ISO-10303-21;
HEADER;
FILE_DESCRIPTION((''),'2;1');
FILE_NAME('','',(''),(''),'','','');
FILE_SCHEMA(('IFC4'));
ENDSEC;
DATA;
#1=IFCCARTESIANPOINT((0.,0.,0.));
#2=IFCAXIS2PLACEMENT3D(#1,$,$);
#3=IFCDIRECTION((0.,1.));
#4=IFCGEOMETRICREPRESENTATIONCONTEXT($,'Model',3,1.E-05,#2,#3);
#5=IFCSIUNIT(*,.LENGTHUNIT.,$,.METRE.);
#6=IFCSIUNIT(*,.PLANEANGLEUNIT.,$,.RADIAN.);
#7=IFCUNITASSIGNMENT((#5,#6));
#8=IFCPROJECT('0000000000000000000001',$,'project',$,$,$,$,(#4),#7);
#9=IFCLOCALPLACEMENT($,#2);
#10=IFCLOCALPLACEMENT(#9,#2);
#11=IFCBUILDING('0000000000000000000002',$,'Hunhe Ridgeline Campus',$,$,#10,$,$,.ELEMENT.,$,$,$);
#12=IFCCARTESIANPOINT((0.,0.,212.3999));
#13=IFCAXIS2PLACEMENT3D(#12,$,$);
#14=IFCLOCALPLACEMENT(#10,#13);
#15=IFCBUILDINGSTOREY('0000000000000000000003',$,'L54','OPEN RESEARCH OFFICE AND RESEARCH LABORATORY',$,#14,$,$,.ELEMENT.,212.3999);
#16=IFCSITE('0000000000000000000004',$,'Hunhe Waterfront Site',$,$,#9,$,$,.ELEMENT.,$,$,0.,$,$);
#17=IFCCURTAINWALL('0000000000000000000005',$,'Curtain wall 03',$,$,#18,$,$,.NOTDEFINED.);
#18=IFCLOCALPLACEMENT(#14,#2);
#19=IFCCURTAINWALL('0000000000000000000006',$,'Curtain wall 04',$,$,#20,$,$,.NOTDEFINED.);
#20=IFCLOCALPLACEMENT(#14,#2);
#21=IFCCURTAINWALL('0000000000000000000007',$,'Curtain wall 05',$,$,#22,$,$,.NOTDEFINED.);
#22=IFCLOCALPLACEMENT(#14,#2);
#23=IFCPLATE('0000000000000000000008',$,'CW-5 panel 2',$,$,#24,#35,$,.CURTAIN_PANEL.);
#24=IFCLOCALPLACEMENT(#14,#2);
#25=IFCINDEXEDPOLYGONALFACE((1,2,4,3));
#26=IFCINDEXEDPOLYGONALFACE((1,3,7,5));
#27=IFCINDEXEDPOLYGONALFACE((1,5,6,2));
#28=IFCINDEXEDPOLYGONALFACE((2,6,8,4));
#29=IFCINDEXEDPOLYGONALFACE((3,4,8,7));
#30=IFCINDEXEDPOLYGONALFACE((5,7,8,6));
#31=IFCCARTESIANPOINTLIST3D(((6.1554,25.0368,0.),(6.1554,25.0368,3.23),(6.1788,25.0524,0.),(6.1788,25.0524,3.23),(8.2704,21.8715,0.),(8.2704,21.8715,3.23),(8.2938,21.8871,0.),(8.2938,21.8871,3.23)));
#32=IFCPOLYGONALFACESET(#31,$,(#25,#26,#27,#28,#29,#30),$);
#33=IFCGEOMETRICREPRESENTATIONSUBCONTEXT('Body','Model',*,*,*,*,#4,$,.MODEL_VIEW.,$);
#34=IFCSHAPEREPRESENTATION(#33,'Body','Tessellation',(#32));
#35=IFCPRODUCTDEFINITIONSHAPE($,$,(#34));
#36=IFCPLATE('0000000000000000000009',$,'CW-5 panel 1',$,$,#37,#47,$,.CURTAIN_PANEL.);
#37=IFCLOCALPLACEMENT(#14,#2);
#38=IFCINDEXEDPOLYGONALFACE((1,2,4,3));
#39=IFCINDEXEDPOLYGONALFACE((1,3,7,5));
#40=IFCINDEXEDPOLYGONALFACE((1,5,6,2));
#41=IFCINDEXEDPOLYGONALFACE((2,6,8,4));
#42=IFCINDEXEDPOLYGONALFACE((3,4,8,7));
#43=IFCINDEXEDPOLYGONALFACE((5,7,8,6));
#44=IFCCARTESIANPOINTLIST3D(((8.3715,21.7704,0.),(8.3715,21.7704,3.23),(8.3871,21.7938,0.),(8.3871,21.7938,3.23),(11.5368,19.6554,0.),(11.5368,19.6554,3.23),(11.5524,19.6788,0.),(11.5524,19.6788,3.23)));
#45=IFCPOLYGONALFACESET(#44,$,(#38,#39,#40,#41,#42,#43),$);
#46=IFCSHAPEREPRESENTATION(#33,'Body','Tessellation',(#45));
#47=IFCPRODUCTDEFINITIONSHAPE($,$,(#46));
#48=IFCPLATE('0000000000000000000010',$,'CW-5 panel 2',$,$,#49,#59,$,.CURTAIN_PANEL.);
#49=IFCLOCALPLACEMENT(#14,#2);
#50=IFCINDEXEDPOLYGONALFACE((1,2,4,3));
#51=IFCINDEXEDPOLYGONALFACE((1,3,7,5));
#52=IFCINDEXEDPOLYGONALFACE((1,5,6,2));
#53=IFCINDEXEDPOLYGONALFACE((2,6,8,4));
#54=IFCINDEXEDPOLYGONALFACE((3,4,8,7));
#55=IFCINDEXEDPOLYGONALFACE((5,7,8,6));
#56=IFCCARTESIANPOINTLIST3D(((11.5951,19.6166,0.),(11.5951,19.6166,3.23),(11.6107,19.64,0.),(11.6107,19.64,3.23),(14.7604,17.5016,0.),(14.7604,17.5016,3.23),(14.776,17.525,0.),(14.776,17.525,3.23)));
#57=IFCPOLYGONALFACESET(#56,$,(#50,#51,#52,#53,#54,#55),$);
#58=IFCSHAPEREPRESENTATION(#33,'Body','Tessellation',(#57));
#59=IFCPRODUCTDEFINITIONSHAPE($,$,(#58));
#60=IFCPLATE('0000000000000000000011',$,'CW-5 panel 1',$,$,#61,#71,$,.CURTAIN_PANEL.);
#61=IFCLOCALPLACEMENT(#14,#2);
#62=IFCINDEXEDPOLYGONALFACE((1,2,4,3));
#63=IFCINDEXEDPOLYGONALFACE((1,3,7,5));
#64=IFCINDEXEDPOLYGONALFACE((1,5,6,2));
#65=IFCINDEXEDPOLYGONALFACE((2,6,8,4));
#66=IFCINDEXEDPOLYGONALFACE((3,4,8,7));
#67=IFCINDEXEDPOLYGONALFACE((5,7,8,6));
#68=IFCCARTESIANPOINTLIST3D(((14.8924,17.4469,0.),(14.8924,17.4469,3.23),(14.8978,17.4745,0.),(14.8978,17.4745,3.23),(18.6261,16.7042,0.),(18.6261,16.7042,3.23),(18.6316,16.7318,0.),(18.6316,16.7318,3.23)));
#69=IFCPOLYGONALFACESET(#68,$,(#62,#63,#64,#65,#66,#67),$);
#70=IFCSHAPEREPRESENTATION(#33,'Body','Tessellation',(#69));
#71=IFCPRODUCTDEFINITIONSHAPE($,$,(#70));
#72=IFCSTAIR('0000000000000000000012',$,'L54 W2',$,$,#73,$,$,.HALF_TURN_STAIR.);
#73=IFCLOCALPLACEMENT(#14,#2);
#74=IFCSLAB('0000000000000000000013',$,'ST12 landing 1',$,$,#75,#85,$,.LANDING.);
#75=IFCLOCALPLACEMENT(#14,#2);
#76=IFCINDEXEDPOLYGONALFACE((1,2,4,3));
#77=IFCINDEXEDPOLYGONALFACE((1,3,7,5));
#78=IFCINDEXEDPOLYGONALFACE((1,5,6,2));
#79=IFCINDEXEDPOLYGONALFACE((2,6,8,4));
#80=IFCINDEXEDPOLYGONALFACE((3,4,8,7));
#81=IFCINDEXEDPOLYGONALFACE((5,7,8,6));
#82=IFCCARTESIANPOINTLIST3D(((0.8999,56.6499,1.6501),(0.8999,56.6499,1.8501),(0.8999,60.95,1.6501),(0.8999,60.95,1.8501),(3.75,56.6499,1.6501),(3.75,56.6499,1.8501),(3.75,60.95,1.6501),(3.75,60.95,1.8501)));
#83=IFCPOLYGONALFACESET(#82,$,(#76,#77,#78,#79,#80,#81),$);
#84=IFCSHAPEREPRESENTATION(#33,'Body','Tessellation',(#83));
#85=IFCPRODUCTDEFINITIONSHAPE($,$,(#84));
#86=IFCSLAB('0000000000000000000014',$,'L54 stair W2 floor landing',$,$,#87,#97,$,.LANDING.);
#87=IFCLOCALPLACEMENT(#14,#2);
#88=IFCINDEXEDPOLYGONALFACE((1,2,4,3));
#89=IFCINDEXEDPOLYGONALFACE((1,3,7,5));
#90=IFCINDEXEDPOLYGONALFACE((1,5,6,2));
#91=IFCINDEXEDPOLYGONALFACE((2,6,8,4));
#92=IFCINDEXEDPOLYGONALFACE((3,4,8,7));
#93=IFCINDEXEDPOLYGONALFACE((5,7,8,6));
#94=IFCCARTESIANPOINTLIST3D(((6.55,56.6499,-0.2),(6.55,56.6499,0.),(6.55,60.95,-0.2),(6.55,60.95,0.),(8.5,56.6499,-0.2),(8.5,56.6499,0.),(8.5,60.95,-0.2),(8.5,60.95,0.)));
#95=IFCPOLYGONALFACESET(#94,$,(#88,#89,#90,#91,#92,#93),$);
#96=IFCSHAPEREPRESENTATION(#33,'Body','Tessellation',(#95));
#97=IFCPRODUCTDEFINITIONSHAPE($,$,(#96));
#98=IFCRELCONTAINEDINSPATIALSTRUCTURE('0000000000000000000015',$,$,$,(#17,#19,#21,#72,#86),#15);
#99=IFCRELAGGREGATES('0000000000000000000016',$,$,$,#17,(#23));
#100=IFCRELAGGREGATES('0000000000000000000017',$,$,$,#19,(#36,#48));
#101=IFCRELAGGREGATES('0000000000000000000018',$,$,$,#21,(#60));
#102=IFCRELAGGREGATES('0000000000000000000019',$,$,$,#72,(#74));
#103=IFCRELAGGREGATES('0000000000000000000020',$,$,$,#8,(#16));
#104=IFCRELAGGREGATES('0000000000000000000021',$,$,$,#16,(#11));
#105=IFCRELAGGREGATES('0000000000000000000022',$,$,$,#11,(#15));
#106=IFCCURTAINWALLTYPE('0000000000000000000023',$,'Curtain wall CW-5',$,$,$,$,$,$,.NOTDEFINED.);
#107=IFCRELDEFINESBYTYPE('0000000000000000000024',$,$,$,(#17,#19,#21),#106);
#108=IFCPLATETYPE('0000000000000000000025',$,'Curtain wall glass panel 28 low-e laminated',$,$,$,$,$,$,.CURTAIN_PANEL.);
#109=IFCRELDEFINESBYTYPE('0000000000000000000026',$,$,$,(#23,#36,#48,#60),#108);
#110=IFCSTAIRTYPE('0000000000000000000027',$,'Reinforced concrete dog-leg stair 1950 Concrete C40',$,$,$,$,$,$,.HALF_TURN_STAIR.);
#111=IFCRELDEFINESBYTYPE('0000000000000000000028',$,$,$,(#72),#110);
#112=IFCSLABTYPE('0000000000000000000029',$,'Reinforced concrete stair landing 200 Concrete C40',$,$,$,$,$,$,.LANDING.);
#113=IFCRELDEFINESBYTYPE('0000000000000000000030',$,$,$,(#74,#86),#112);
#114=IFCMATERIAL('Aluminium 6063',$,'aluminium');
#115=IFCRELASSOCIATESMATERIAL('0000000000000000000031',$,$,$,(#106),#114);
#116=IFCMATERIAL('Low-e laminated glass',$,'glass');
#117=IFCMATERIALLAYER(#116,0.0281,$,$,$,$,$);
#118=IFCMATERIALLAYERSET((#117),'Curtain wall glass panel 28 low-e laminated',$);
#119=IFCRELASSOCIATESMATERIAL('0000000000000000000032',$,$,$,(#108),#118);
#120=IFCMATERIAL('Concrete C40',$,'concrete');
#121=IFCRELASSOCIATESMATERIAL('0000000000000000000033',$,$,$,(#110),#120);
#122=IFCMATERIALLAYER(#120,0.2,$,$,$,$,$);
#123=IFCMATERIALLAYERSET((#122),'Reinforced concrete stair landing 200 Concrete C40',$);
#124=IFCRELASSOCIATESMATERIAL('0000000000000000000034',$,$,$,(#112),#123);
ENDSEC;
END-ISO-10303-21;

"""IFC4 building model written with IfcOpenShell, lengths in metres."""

from ifc_helpers import new_model, si_unit, direction, frame, origin, origin_2d, place, context, subcontext, project, spatial, polyline, rectangle, outline, extrude, material, layer, layer_set, type_object, element, aggregate, save


model = new_model("IFC4")

# Units and contexts
model_context = context("Model", 3, precision=1e-05, world=origin(), true_north=direction((0.0, 1.0)))
body_context = subcontext(model_context, "Body", "Model", "MODEL_VIEW")
ifc_project = project(units=[si_unit("LENGTHUNIT", "METRE"), si_unit("PLANEANGLEUNIT", "RADIAN")], contexts=[model_context])

# Site, building, storey
site_placement = place(None, origin())
site = spatial("IfcSite", under=ifc_project, at=site_placement, Name="Hunhe Waterfront Site", CompositionType="ELEMENT", RefElevation=0.0)
building_placement = place(site_placement, origin())
building = spatial("IfcBuilding", under=site, at=building_placement, Name="Hunhe Ridgeline Campus", CompositionType="ELEMENT")
storey_placement = place(building_placement, frame((0.0, 0.0, 212.3999)))
storey = spatial("IfcBuildingStorey", under=building, at=storey_placement, Name="L54", Description="OPEN RESEARCH OFFICE AND RESEARCH LABORATORY", CompositionType="ELEMENT", Elevation=212.3999)

# Curtain walls
ifc_material_1 = material(Name="Aluminium 6063", Category="aluminium")
curtain_wall_type = type_object("IfcCurtainWallType", Name="Curtain wall CW-5", PredefinedType="NOTDEFINED", material=ifc_material_1)
curtain_wall_1_placement = place(storey_placement, origin())
curtain_wall_1 = element("IfcCurtainWall", 1, at=curtain_wall_1_placement, inside=storey, type_object=curtain_wall_type, Name="Curtain wall 03", PredefinedType="NOTDEFINED")
curtain_wall_2_placement = place(storey_placement, origin())
curtain_wall_2 = element("IfcCurtainWall", 2, at=curtain_wall_2_placement, inside=storey, type_object=curtain_wall_type, Name="Curtain wall 04", PredefinedType="NOTDEFINED")
curtain_wall_3_placement = place(storey_placement, origin())
curtain_wall_3 = element("IfcCurtainWall", 3, at=curtain_wall_3_placement, inside=storey, type_object=curtain_wall_type, Name="Curtain wall 05", PredefinedType="NOTDEFINED")

# Plates
ifc_material_2 = material(Name="Low-e laminated glass", Category="glass")
ifc_layer_1 = layer(ifc_material_2, 0.0281)
ifc_layer_set_1 = layer_set([ifc_layer_1], Name="Curtain wall glass panel 28 low-e laminated")
plate_type = type_object("IfcPlateType", Name="Curtain wall glass panel 28 low-e laminated", PredefinedType="CURTAIN_PANEL", material=ifc_layer_set_1)
plate_1_placement = place(storey_placement, frame((7.2246, 23.4619, 0.0), z_axis=(0.0, 0.0, 1.0), x_axis=(0.55557, -0.83147, 0.0)))
plate_1 = element("IfcPlate", 4, at=plate_1_placement, type_object=plate_type, Name="CW-5 panel 2", PredefinedType="CURTAIN_PANEL", context=body_context, shape_type="SweptSolid", body=[
    extrude(rectangle(XDim=3.8069, YDim=0.0281, at=origin_2d()), origin(), (0.0, 0.0, 1.0), 3.23),
])
aggregate(curtain_wall_1, [plate_1])
plate_2_placement = place(storey_placement, frame((9.9619, 20.7246, 0.0), z_axis=(0.0, 0.0, 1.0), x_axis=(0.83147, -0.55557, 0.0)))
plate_2 = element("IfcPlate", 5, at=plate_2_placement, type_object=plate_type, Name="CW-5 panel 1", PredefinedType="CURTAIN_PANEL", context=body_context, shape_type="SweptSolid", body=[
    extrude(rectangle(XDim=3.8069, YDim=0.0281, at=origin_2d()), origin(), (0.0, 0.0, 1.0), 3.23),
])
plate_3_placement = place(storey_placement, frame((13.1855, 18.5708, 0.0), z_axis=(0.0, 0.0, 1.0), x_axis=(0.83147, -0.55557, 0.0)))
plate_3 = element("IfcPlate", 6, at=plate_3_placement, type_object=plate_type, Name="CW-5 panel 2", PredefinedType="CURTAIN_PANEL", context=body_context, shape_type="SweptSolid", body=[
    extrude(rectangle(XDim=3.8069, YDim=0.0281, at=origin_2d()), origin(), (0.0, 0.0, 1.0), 3.23),
])
aggregate(curtain_wall_2, [plate_2, plate_3])
plate_4_placement = place(storey_placement, frame((16.762, 17.0894, 0.0), z_axis=(0.0, 0.0, 1.0), x_axis=(0.980785, -0.19509, 0.0)))
plate_4 = element("IfcPlate", 7, at=plate_4_placement, type_object=plate_type, Name="CW-5 panel 1", PredefinedType="CURTAIN_PANEL", context=body_context, shape_type="SweptSolid", body=[
    extrude(rectangle(XDim=3.8069, YDim=0.0281, at=origin_2d()), origin(), (0.0, 0.0, 1.0), 3.23),
])
aggregate(curtain_wall_3, [plate_4])

# Stair, slab
ifc_material_3 = material(Name="Concrete C40", Category="concrete")
stair_type = type_object("IfcStairType", Name="Reinforced concrete dog-leg stair 1950 Concrete C40", PredefinedType="HALF_TURN_STAIR", material=ifc_material_3)
stair_placement = place(storey_placement, origin())
stair = element("IfcStair", 8, at=stair_placement, inside=storey, type_object=stair_type, Name="L54 W2", PredefinedType="HALF_TURN_STAIR")
ifc_layer_2 = layer(ifc_material_3, 0.2)
ifc_layer_set_2 = layer_set([ifc_layer_2], Name="Reinforced concrete stair landing 200 Concrete C40")
slab_type = type_object("IfcSlabType", Name="Reinforced concrete stair landing 200 Concrete C40", PredefinedType="LANDING", material=ifc_layer_set_2)
slab_1_placement = place(storey_placement, frame((0.0, 0.0, 1.6501)))
slab_1 = element("IfcSlab", 9, at=slab_1_placement, type_object=slab_type, Name="ST12 landing 1", PredefinedType="LANDING", context=body_context, shape_type="SweptSolid", body=[
    extrude(outline(polyline([(3.75, 60.95), (0.8999, 60.95), (0.8999, 56.6499), (3.75, 56.6499), (3.75, 60.95)])), origin(), (0.0, 0.0, 1.0), 0.2),
])
aggregate(stair, [slab_1])

# Slab
slab_2_placement = place(storey_placement, frame((0.0, 0.0, -0.2)))
element("IfcSlab", 10, at=slab_2_placement, inside=storey, type_object=slab_type, Name="L54 stair W2 floor landing", PredefinedType="LANDING", context=body_context, shape_type="SweptSolid", body=[
    extrude(outline(polyline([(8.5, 60.95), (6.55, 60.95), (6.55, 56.6499), (8.5, 56.6499), (8.5, 60.95)])), origin(), (0.0, 0.0, 1.0), 0.2),
])

save(model, "model.ifc")
